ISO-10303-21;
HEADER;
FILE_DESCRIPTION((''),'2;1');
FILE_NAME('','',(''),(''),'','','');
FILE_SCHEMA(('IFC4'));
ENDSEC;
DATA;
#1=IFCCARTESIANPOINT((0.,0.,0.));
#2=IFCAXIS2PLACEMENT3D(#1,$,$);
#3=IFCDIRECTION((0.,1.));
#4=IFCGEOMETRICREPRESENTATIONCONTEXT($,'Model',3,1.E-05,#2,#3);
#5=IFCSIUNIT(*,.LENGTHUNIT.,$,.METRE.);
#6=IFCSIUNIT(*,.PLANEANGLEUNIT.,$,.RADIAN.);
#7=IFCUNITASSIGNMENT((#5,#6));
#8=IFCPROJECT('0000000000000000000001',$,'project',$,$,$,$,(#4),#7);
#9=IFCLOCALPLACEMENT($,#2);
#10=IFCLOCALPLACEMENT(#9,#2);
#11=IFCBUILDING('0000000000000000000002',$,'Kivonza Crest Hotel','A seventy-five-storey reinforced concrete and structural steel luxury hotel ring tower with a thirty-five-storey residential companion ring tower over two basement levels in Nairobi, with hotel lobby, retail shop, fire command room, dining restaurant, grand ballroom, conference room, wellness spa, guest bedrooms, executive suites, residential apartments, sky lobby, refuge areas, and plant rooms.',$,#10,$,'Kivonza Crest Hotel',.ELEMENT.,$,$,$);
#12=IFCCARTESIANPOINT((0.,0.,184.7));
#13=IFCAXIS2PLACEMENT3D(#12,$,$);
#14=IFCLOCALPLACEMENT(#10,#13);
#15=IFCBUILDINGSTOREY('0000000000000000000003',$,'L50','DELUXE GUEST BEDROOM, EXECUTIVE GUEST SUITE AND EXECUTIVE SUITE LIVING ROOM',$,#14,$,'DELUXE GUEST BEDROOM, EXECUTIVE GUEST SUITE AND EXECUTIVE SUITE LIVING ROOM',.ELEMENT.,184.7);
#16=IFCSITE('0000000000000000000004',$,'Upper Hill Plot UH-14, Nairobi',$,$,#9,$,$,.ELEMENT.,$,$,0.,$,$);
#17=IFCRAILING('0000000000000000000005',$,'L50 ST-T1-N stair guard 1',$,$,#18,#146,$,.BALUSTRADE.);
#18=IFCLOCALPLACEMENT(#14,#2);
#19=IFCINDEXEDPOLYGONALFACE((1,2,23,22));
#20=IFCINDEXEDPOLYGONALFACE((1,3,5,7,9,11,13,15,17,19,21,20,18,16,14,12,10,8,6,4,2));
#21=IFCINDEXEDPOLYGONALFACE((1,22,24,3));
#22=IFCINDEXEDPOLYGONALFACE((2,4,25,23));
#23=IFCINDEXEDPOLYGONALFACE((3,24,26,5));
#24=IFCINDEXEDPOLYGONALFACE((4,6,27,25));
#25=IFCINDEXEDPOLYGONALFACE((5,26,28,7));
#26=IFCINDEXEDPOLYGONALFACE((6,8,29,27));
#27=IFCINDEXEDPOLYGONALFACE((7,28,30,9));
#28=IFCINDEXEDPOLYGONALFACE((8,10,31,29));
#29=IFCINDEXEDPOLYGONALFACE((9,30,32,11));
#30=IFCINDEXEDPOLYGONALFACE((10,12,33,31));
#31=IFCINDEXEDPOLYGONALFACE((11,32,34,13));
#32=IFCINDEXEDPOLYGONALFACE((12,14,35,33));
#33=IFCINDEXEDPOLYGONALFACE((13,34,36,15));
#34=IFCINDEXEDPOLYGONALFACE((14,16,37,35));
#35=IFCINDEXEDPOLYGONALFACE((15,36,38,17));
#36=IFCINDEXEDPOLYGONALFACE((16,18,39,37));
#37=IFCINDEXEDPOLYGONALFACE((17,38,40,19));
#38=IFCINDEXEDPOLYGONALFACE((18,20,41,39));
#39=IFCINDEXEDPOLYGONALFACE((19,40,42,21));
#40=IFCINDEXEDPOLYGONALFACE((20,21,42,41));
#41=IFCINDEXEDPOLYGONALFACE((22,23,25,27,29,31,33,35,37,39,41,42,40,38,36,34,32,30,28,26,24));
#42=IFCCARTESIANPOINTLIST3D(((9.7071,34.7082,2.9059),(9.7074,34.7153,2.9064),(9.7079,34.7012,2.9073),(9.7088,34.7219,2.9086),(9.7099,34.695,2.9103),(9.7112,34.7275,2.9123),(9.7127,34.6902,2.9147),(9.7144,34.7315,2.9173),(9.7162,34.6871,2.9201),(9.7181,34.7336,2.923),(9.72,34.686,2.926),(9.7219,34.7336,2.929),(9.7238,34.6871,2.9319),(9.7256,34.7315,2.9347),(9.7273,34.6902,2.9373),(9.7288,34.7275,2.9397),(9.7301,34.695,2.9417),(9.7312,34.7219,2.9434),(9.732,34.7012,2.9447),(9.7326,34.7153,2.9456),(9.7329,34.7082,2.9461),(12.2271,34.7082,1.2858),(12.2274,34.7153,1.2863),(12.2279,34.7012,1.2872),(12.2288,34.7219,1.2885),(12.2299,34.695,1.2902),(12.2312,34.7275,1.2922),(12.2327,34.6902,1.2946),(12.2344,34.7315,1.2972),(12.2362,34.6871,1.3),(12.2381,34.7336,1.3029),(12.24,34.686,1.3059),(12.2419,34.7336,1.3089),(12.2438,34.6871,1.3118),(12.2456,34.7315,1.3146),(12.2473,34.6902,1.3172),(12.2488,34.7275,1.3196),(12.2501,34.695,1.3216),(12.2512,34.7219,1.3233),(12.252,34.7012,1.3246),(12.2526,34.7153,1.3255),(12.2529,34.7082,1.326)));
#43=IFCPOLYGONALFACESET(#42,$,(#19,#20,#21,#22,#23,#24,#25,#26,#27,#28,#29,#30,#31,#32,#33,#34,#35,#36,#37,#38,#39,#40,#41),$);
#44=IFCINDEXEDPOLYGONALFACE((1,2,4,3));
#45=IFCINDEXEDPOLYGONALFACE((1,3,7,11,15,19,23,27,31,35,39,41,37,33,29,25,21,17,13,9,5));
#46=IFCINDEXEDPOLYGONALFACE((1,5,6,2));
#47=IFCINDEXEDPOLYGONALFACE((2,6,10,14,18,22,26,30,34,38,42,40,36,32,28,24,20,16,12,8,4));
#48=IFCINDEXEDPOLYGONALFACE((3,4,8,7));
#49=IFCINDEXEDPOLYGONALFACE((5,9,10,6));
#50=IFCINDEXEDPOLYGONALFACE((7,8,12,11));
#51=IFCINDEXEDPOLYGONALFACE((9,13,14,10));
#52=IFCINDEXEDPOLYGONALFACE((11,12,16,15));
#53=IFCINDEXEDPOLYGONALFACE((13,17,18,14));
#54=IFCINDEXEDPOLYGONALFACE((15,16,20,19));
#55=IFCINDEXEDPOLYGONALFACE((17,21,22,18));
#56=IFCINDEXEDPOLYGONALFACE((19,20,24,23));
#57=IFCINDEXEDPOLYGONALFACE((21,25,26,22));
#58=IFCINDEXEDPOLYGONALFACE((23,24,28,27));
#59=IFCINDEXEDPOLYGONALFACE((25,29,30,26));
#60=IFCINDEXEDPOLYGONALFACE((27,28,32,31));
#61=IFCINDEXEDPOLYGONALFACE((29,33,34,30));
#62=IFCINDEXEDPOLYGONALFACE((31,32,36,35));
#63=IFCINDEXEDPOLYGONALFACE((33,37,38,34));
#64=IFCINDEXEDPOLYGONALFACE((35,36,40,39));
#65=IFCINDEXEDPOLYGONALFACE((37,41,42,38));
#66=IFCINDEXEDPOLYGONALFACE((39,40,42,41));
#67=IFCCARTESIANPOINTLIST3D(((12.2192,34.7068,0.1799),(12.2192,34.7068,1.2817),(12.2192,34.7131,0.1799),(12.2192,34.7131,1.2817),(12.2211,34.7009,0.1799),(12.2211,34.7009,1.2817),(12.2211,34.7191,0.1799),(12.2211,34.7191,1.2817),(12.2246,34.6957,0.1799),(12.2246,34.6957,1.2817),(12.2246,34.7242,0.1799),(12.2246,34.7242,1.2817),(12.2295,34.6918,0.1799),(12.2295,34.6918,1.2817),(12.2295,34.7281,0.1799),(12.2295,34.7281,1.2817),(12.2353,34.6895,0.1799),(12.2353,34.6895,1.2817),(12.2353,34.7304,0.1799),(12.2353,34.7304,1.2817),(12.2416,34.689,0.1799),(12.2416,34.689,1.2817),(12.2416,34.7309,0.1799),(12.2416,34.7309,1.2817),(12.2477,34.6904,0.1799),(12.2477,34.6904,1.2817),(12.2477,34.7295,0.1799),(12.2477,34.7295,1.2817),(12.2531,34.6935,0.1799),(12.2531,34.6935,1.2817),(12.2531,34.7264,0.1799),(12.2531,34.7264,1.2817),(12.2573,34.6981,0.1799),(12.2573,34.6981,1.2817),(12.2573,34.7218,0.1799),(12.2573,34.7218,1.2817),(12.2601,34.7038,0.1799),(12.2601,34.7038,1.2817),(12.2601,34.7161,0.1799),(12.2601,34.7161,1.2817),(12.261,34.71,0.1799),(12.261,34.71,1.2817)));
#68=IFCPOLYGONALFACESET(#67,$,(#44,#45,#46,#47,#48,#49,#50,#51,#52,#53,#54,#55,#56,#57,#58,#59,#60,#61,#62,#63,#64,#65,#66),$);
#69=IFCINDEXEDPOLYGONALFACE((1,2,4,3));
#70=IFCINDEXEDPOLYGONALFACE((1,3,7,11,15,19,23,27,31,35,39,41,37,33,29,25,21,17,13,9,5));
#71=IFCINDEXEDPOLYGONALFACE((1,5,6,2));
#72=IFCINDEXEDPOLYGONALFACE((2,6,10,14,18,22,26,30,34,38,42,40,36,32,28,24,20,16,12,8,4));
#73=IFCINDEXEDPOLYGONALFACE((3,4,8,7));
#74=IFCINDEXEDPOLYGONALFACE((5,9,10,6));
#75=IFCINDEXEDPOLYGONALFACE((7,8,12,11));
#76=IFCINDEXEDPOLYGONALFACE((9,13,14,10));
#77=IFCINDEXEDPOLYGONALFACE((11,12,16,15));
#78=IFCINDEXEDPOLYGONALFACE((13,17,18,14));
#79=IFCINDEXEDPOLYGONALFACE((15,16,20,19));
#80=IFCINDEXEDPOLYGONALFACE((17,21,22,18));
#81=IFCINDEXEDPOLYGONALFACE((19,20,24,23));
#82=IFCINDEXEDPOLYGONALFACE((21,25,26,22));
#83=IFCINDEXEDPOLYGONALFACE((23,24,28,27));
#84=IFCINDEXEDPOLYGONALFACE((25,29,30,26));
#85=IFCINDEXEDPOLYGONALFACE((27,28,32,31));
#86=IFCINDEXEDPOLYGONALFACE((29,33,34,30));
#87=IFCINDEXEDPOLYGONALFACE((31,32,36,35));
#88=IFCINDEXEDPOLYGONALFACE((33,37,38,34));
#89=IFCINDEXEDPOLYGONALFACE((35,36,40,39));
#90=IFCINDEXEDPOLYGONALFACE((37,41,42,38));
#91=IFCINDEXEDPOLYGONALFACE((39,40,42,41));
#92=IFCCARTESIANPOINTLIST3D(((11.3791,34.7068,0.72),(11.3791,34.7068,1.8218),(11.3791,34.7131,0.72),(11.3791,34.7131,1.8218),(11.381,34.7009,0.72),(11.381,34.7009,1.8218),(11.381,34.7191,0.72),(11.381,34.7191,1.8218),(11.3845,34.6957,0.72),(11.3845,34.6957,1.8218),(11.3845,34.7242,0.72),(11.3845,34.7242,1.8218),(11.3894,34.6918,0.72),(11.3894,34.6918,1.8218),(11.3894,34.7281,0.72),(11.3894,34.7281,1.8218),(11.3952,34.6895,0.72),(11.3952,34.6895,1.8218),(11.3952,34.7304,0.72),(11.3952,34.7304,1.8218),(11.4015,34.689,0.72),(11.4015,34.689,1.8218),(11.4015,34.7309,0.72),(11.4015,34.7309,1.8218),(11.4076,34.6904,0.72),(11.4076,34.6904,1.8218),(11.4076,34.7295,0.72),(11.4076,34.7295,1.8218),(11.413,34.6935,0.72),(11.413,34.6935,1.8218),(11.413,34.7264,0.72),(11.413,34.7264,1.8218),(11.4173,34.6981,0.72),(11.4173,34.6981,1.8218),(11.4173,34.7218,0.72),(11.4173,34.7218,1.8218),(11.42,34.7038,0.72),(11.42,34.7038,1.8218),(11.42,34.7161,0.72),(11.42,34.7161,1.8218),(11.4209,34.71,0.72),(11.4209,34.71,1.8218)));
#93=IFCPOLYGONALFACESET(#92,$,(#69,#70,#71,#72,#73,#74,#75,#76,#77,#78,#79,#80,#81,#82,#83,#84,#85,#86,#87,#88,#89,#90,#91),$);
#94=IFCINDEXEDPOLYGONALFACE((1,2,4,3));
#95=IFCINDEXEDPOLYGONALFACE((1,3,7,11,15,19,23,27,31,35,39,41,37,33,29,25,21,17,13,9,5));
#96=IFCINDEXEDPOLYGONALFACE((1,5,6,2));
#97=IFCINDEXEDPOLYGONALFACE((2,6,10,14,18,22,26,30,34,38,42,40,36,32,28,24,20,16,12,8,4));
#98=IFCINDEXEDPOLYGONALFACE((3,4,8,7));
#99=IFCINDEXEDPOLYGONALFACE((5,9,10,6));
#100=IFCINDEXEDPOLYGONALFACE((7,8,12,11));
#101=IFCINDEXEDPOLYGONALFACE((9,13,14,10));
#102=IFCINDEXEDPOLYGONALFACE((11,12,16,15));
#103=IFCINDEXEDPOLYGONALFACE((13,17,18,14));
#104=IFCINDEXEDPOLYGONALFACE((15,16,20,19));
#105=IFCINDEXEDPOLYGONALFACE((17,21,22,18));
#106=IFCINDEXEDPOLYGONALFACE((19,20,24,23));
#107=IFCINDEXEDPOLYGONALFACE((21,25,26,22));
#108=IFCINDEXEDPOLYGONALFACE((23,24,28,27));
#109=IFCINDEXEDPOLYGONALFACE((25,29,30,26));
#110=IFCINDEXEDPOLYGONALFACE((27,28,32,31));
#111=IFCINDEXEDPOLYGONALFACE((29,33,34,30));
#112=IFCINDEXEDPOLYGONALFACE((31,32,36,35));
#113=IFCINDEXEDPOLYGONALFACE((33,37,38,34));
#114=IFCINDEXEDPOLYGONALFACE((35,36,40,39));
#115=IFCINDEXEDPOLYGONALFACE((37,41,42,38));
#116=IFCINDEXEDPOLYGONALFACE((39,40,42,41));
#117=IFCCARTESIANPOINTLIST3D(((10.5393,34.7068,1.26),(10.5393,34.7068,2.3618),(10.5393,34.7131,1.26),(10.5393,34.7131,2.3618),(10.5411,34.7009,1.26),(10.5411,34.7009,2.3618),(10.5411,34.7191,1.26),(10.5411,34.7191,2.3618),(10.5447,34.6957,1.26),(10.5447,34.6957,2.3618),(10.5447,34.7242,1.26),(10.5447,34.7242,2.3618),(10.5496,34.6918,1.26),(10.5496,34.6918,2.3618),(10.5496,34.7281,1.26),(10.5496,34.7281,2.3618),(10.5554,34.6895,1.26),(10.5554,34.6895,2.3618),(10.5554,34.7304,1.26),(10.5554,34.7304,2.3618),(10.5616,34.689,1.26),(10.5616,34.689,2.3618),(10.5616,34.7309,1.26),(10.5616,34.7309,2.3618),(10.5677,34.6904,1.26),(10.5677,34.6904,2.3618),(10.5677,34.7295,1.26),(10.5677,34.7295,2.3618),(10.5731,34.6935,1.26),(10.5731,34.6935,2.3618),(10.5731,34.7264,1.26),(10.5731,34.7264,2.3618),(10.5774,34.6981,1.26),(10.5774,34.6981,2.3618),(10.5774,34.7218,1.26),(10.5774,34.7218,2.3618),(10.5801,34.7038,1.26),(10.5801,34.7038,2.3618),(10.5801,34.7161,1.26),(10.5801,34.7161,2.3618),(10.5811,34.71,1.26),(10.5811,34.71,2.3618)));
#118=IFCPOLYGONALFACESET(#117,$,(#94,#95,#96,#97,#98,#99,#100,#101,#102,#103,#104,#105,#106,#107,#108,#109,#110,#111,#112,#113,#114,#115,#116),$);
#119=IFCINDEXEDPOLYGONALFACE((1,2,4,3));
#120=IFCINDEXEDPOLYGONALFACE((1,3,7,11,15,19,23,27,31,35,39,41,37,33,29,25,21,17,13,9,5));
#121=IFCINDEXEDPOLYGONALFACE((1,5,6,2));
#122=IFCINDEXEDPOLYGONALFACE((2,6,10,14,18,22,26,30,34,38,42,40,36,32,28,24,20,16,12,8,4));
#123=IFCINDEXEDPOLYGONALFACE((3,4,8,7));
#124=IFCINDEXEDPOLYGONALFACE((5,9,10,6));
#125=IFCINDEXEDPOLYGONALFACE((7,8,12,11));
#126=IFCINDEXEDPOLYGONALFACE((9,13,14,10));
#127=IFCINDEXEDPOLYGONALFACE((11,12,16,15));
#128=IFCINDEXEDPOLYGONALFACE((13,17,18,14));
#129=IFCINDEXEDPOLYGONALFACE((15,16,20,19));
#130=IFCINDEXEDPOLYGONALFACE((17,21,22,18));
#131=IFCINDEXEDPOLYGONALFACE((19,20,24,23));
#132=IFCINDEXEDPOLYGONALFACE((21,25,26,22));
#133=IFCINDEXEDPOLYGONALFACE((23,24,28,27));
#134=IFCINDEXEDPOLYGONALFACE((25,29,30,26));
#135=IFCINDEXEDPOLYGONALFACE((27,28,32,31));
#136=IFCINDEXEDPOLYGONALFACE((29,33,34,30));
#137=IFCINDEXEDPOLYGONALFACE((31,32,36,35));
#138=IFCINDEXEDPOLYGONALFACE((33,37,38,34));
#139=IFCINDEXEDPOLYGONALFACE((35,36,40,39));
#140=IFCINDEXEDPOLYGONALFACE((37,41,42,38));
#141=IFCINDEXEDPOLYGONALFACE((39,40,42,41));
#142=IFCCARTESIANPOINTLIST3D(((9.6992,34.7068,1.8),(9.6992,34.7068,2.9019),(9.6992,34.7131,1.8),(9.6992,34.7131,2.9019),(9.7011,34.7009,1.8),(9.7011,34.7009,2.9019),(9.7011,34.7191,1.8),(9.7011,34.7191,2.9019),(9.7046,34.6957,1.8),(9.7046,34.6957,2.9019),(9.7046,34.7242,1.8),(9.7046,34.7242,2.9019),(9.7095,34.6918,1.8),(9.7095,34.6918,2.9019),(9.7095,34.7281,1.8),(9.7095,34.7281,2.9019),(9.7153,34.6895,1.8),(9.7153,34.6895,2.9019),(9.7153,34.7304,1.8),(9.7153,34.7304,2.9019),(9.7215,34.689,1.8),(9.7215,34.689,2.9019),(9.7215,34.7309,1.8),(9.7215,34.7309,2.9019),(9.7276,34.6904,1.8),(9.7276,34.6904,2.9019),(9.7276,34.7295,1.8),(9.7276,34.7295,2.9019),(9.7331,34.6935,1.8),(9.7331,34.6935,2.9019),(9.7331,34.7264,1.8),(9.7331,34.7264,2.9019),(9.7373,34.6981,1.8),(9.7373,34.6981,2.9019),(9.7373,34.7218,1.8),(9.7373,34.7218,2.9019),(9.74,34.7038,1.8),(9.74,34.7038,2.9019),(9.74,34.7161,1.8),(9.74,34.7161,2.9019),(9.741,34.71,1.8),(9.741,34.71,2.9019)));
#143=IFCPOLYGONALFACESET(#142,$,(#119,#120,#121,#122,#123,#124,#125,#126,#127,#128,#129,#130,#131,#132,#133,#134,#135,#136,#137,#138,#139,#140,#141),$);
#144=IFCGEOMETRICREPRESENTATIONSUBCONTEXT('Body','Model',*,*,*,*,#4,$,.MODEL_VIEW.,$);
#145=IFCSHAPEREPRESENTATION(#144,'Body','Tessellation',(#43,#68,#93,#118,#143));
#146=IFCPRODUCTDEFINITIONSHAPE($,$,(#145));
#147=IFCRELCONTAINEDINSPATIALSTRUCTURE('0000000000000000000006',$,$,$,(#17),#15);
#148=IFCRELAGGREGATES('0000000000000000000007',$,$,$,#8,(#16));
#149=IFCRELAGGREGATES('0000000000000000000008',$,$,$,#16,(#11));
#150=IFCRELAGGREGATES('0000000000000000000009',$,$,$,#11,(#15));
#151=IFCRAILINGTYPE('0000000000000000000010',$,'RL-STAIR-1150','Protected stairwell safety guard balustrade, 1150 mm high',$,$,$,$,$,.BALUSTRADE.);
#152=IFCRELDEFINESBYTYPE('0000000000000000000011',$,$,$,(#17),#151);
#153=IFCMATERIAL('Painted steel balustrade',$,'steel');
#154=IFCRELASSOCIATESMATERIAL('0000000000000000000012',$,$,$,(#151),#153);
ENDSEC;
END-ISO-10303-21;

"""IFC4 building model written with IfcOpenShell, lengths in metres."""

from ifc_helpers import new_model, si_unit, direction, frame, origin, origin_2d, place, context, subcontext, project, spatial, circle, extrude, material, type_object, element, save


model = new_model("IFC4")

# Units and contexts
model_context = context("Model", 3, precision=1e-05, world=origin(), true_north=direction((0.0, 1.0)))
body_context = subcontext(model_context, "Body", "Model", "MODEL_VIEW")
ifc_project = project(units=[si_unit("LENGTHUNIT", "METRE"), si_unit("PLANEANGLEUNIT", "RADIAN")], contexts=[model_context])

# Site, building, storey
site_placement = place(None, origin())
site = spatial("IfcSite", under=ifc_project, at=site_placement, Name="Upper Hill Plot UH-14, Nairobi", CompositionType="ELEMENT", RefElevation=0.0)
building_placement = place(site_placement, origin())
building = spatial("IfcBuilding", under=site, at=building_placement, Name="Kivonza Crest Hotel", Description="A seventy-five-storey reinforced concrete and structural steel luxury hotel ring tower with a thirty-five-storey residential companion ring tower over two basement levels in Nairobi, with hotel lobby, retail shop, fire command room, dining restaurant, grand ballroom, conference room, wellness spa, guest bedrooms, executive suites, residential apartments, sky lobby, refuge areas, and plant rooms.", LongName="Kivonza Crest Hotel", CompositionType="ELEMENT")
storey_placement = place(building_placement, frame((0.0, 0.0, 184.7)))
storey = spatial("IfcBuildingStorey", under=building, at=storey_placement, Name="L50", Description="DELUXE GUEST BEDROOM, EXECUTIVE GUEST SUITE AND EXECUTIVE SUITE LIVING ROOM", LongName="DELUXE GUEST BEDROOM, EXECUTIVE GUEST SUITE AND EXECUTIVE SUITE LIVING ROOM", CompositionType="ELEMENT", Elevation=184.7)

# Railing
ifc_material_1 = material(Name="Painted steel balustrade", Category="steel")
railing_type_1 = type_object("IfcRailingType", Name="RL-STAIR-1150", Description="Protected stairwell safety guard balustrade, 1150 mm high", PredefinedType="BALUSTRADE", material=ifc_material_1)
railing_1_placement = place(storey_placement, frame((12.24, 34.71, 0.1799)))
element("IfcRailing", 1, at=railing_1_placement, inside=storey, type_object=railing_type_1, Name="L50 ST-T1-N stair guard 1", PredefinedType="BALUSTRADE", context=body_context, shape_type="SweptSolid", body=[
    extrude(circle(Radius=0.0239, at=origin_2d()), frame((0.0, 0.0, 1.126), z_axis=(-0.841163, 0.0, 0.540782), x_axis=(0.0, -1.0, 0.0)), (0.0, 0.0, 1.0), 2.9958),
    extrude(circle(Radius=0.021, at=origin_2d()), origin(), (0.0, 0.0, 1.0), 1.1018),
    extrude(circle(Radius=0.021, at=origin_2d()), frame((-0.8401, 0.0, 0.54)), (0.0, 0.0, 1.0), 1.1018),
    extrude(circle(Radius=0.021, at=origin_2d()), frame((-1.6799, 0.0, 1.0801)), (0.0, 0.0, 1.0), 1.1018),
    extrude(circle(Radius=0.021, at=origin_2d()), frame((-2.52, 0.0, 1.6201)), (0.0, 0.0, 1.0), 1.1018),
])

save(model, "model.ifc")
